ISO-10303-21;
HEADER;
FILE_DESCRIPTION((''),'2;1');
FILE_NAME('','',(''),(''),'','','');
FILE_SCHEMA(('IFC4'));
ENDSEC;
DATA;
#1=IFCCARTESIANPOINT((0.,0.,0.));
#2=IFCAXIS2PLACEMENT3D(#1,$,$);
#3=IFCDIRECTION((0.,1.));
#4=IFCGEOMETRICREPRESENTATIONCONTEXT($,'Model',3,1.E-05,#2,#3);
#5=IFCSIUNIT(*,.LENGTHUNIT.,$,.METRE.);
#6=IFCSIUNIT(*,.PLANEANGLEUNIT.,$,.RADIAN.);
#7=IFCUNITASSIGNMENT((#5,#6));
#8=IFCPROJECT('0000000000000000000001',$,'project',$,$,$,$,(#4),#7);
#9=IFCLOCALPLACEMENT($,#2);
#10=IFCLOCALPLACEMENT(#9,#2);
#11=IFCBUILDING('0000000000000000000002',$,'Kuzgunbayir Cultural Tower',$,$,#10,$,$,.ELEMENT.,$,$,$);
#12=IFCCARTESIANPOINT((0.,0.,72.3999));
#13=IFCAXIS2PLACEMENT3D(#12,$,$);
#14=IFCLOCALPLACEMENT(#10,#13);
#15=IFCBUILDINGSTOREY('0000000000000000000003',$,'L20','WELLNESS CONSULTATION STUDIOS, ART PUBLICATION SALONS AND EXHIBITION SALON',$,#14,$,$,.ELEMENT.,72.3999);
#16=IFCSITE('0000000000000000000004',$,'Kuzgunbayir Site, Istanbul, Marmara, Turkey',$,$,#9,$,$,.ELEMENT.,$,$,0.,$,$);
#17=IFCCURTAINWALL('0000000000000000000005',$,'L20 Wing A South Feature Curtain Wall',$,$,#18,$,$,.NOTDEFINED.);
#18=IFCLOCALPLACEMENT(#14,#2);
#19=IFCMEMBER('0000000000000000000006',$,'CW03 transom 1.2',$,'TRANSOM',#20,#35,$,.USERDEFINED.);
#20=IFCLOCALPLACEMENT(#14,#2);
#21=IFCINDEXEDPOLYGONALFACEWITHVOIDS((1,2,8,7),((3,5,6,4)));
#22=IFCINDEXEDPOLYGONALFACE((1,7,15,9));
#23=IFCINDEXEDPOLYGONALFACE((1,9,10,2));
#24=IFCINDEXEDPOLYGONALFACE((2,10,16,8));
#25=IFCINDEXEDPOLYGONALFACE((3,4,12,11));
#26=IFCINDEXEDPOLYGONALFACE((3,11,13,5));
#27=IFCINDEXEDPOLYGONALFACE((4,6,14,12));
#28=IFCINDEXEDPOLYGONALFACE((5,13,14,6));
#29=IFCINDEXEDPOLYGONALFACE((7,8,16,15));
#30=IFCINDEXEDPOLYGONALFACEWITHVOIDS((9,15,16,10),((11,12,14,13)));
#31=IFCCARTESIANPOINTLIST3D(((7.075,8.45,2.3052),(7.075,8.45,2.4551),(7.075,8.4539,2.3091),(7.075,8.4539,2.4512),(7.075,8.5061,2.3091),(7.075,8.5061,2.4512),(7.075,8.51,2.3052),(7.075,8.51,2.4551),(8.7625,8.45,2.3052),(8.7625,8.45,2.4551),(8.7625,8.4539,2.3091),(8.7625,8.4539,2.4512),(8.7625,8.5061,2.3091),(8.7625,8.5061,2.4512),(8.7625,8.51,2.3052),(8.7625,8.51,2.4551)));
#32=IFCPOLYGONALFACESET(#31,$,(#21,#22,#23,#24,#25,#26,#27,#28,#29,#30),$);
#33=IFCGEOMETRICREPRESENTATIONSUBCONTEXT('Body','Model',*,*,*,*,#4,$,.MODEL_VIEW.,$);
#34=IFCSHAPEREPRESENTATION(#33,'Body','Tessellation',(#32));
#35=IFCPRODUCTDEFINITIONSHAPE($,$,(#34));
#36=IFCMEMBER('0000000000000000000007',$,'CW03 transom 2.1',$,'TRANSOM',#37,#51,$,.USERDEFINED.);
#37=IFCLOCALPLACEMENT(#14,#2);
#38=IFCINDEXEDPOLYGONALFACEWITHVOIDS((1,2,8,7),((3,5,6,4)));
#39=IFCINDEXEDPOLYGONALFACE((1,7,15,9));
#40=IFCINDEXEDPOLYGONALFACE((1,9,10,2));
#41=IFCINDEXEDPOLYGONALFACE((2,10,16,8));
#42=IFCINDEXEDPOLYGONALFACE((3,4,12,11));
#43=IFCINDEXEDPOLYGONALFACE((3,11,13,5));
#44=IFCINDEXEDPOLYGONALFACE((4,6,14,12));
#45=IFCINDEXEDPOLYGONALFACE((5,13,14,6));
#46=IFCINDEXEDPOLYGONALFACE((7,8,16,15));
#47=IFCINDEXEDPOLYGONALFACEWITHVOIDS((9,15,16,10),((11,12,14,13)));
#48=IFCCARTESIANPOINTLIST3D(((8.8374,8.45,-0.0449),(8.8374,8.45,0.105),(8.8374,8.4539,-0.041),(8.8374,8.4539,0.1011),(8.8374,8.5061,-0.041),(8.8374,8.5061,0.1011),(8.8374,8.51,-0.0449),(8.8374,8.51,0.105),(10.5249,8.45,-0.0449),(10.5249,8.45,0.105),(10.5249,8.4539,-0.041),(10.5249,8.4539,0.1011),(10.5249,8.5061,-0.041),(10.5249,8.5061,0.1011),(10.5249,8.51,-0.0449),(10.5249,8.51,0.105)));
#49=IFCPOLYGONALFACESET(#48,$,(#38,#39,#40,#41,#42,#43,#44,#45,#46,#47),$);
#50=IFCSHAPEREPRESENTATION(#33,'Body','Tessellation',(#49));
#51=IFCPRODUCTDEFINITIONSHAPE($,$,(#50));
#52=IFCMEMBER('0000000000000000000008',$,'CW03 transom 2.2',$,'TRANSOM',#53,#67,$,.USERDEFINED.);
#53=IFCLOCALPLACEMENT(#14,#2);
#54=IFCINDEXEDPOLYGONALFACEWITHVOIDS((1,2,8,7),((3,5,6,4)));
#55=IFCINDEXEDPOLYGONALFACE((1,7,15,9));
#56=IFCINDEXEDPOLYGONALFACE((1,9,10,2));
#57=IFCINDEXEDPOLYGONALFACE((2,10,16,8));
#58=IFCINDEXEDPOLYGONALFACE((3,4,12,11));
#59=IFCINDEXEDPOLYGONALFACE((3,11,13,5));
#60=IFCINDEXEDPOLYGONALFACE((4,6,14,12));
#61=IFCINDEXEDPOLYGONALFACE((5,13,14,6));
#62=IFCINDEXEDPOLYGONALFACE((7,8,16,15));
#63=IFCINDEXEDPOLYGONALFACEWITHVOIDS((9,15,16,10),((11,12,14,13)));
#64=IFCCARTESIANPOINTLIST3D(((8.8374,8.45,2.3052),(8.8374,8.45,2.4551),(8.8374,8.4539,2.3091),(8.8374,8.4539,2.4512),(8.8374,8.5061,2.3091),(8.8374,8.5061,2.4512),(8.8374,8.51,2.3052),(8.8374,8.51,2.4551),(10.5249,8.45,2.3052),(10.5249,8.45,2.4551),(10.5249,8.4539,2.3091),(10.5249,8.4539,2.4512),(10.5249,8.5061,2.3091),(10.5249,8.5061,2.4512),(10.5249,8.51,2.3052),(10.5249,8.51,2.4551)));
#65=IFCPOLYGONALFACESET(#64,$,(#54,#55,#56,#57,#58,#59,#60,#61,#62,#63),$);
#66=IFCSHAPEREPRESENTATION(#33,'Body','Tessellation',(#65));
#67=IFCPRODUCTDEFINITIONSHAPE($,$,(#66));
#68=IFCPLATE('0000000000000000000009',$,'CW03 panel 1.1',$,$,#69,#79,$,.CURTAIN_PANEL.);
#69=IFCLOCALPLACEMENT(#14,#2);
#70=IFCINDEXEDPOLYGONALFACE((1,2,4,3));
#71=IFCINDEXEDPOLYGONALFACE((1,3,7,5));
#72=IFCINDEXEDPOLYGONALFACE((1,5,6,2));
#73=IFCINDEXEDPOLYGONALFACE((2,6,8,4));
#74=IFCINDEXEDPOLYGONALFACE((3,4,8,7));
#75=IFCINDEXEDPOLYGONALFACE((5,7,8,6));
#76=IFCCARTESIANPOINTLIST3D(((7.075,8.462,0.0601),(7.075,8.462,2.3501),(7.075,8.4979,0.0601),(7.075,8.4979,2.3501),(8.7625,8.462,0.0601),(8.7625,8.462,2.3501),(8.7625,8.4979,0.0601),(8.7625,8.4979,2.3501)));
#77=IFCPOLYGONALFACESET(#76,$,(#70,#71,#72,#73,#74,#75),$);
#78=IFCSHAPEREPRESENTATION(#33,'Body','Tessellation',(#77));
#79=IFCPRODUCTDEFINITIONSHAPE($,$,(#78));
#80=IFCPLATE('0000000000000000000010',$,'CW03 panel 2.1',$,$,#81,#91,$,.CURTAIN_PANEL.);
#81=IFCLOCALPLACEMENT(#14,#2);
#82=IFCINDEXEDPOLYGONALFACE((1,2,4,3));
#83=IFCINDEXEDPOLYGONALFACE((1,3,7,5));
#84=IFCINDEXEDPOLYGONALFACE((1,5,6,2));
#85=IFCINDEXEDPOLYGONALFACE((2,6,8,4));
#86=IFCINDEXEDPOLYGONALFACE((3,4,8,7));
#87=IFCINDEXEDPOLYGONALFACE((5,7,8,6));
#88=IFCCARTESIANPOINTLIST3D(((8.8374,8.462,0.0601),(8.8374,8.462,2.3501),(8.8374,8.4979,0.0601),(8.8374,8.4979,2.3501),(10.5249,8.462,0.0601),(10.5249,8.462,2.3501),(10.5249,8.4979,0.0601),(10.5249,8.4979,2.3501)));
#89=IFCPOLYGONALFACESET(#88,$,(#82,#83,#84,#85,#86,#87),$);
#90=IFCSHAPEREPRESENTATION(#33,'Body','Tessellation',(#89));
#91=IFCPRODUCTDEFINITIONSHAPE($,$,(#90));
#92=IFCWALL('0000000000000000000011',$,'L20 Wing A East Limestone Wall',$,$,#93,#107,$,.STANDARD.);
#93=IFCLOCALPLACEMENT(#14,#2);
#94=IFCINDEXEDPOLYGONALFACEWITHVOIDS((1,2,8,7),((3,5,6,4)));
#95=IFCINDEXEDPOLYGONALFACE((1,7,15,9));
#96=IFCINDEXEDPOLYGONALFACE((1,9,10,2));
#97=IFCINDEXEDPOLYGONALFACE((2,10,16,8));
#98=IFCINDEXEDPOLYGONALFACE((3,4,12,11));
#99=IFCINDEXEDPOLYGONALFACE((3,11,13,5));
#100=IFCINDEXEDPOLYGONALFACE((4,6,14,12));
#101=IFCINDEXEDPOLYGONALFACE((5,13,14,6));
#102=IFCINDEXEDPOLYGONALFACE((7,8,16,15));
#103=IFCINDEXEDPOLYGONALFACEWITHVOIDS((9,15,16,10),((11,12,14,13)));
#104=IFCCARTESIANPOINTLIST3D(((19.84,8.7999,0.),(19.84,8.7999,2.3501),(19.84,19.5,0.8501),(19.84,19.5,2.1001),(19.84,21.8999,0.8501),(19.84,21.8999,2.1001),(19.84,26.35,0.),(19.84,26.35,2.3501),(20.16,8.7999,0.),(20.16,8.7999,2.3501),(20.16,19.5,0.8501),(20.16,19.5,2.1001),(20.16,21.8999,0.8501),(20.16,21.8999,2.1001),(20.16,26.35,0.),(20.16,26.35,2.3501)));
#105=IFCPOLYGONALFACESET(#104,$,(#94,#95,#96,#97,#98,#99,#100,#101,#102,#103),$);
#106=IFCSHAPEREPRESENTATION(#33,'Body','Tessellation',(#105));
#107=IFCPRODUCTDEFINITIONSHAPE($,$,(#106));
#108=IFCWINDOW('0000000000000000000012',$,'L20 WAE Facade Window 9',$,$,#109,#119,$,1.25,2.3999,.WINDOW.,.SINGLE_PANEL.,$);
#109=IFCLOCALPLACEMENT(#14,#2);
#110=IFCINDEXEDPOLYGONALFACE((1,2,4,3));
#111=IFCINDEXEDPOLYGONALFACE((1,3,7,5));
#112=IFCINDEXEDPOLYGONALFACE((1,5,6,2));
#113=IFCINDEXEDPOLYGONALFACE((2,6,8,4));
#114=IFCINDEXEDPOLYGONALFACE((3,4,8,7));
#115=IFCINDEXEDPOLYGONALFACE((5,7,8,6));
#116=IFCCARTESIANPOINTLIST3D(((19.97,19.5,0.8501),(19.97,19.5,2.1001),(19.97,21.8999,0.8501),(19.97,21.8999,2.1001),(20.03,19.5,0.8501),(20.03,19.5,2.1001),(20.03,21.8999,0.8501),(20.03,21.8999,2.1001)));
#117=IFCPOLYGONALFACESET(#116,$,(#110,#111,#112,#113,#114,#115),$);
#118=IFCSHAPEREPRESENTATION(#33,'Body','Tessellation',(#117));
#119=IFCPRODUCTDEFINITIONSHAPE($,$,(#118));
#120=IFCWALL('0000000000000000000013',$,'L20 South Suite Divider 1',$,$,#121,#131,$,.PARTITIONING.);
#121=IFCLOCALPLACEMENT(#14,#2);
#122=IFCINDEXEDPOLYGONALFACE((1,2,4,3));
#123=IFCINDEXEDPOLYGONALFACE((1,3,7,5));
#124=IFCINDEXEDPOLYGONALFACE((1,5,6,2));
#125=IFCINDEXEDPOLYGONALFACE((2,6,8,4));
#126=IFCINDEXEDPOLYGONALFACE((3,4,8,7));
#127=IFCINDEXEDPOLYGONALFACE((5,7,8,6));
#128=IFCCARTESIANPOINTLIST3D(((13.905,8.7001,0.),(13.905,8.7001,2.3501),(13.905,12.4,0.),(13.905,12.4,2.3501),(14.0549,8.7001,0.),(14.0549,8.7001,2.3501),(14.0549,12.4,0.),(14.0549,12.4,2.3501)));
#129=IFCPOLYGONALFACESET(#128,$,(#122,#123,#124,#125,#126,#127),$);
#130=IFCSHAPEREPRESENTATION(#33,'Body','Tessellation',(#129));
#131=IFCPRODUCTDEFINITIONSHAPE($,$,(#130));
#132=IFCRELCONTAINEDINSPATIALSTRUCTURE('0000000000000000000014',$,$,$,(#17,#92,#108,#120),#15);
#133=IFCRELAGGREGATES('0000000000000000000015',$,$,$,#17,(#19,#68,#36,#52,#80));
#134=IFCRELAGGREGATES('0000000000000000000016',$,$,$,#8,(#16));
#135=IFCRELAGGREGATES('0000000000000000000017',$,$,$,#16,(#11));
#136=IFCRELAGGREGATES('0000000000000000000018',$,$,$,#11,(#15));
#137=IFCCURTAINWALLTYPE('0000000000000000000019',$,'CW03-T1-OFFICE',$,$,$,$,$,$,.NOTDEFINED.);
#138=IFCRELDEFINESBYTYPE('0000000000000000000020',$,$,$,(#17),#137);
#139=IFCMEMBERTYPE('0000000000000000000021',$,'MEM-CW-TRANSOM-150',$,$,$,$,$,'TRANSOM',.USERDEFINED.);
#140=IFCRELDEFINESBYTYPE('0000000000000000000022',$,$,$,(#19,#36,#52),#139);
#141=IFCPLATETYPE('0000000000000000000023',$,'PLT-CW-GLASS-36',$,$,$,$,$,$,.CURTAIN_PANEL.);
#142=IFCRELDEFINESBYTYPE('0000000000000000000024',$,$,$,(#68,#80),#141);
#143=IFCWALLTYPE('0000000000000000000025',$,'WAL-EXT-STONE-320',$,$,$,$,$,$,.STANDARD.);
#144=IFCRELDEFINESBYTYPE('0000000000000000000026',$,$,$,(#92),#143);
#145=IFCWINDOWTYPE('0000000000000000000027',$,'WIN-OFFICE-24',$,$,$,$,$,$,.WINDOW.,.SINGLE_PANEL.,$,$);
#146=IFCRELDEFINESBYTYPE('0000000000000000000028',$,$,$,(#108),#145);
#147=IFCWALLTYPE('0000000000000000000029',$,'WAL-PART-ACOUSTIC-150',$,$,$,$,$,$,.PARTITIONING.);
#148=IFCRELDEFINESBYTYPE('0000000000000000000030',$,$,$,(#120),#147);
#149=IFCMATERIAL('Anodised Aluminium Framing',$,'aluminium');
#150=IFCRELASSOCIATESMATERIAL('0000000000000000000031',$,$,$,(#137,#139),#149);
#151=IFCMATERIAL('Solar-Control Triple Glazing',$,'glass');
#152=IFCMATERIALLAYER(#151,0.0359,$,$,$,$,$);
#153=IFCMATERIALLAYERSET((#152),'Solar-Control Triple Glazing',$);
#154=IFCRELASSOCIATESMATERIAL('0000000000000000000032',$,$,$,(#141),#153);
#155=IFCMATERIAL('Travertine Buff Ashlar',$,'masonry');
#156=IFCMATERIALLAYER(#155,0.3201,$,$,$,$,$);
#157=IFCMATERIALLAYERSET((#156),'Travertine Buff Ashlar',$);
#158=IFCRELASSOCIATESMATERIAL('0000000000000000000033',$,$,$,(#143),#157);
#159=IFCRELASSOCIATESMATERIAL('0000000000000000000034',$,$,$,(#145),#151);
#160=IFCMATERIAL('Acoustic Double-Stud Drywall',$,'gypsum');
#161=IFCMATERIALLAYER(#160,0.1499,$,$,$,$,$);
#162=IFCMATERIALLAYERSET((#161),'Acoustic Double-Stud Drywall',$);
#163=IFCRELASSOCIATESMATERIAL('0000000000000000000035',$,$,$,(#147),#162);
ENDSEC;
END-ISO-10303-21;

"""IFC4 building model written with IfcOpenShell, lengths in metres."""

from ifc_helpers import new_model, si_unit, direction, frame, frame_2d, origin, origin_2d, place, context, subcontext, project, spatial, rectangle, hollow_rectangle, extrude, material, layer, layer_set, material_profile, profile_set, type_object, element, fill, aggregate, save


model = new_model("IFC4")

# Units and contexts
model_context = context("Model", 3, precision=1e-05, world=origin(), true_north=direction((0.0, 1.0)))
body_context = subcontext(model_context, "Body", "Model", "MODEL_VIEW")
ifc_project = project(units=[si_unit("LENGTHUNIT", "METRE"), si_unit("PLANEANGLEUNIT", "RADIAN")], contexts=[model_context])

# Site, building, storey
site_placement = place(None, origin())
site = spatial("IfcSite", under=ifc_project, at=site_placement, Name="Kuzgunbayir Site, Istanbul, Marmara, Turkey", CompositionType="ELEMENT", RefElevation=0.0)
building_placement = place(site_placement, origin())
building = spatial("IfcBuilding", under=site, at=building_placement, Name="Kuzgunbayir Cultural Tower", CompositionType="ELEMENT")
storey_placement = place(building_placement, frame((0.0, 0.0, 72.3999)))
storey = spatial("IfcBuildingStorey", under=building, at=storey_placement, Name="L20", Description="WELLNESS CONSULTATION STUDIOS, ART PUBLICATION SALONS AND EXHIBITION SALON", CompositionType="ELEMENT", Elevation=72.3999)

# Curtain wall, members, plates
ifc_material_1 = material(Name="Anodised Aluminium Framing", Category="aluminium")
curtain_wall_type = type_object("IfcCurtainWallType", Name="CW03-T1-OFFICE", PredefinedType="NOTDEFINED", material=ifc_material_1)
curtain_wall_placement = place(storey_placement, origin())
curtain_wall = element("IfcCurtainWall", 1, at=curtain_wall_placement, inside=storey, type_object=curtain_wall_type, Name="L20 Wing A South Feature Curtain Wall", PredefinedType="NOTDEFINED")
ifc_material_profile_1 = material_profile(ifc_material_1, hollow_rectangle(XDim=0.0601, YDim=0.1499, WallThickness=0.0039, at=origin_2d()), Name="RHS 150x60x4")
ifc_profile_set_1 = profile_set([ifc_material_profile_1], Name="Anodised Aluminium Framing")
member_type_1 = type_object("IfcMemberType", Name="MEM-CW-TRANSOM-150", ElementType="TRANSOM", PredefinedType="USERDEFINED", material=ifc_profile_set_1)
member_1_placement = place(storey_placement, frame((7.075, 8.48, 2.3801), z_axis=(1.0, 0.0, 0.0), x_axis=(0.0, 1.0, 0.0)))
member_1 = element("IfcMember", 2, at=member_1_placement, type_object=member_type_1, Name="CW03 transom 1.2", ObjectType="TRANSOM", PredefinedType="USERDEFINED", context=body_context, shape_type="SweptSolid", body=[
    extrude(hollow_rectangle(XDim=0.0601, YDim=0.1499, WallThickness=0.0039, at=origin_2d()), origin(), (0.0, 0.0, 1.0), 1.6875),
])
member_2_placement = place(storey_placement, frame((8.8374, 8.48, 0.03), z_axis=(1.0, 0.0, 0.0), x_axis=(0.0, 1.0, 0.0)))
member_2 = element("IfcMember", 3, at=member_2_placement, type_object=member_type_1, Name="CW03 transom 2.1", ObjectType="TRANSOM", PredefinedType="USERDEFINED", context=body_context, shape_type="SweptSolid", body=[
    extrude(hollow_rectangle(XDim=0.0601, YDim=0.1499, WallThickness=0.0039, at=origin_2d()), origin(), (0.0, 0.0, 1.0), 1.6875),
])
member_3_placement = place(storey_placement, frame((8.8374, 8.48, 2.3801), z_axis=(1.0, 0.0, 0.0), x_axis=(0.0, 1.0, 0.0)))
member_3 = element("IfcMember", 4, at=member_3_placement, type_object=member_type_1, Name="CW03 transom 2.2", ObjectType="TRANSOM", PredefinedType="USERDEFINED", context=body_context, shape_type="SweptSolid", body=[
    extrude(hollow_rectangle(XDim=0.0601, YDim=0.1499, WallThickness=0.0039, at=origin_2d()), origin(), (0.0, 0.0, 1.0), 1.6875),
])
ifc_material_2 = material(Name="Solar-Control Triple Glazing", Category="glass")
ifc_layer_1 = layer(ifc_material_2, 0.0359)
ifc_layer_set_1 = layer_set([ifc_layer_1], Name="Solar-Control Triple Glazing")
plate_type = type_object("IfcPlateType", Name="PLT-CW-GLASS-36", PredefinedType="CURTAIN_PANEL", material=ifc_layer_set_1)
plate_1_placement = place(storey_placement, frame((7.9187, 8.48, 0.0601), z_axis=(0.0, 0.0, 1.0), x_axis=(1.0, 0.0, 0.0)))
plate_1 = element("IfcPlate", 5, at=plate_1_placement, type_object=plate_type, Name="CW03 panel 1.1", PredefinedType="CURTAIN_PANEL", context=body_context, shape_type="SweptSolid", body=[
    extrude(rectangle(XDim=1.6875, YDim=0.0359, at=origin_2d()), origin(), (0.0, 0.0, 1.0), 2.29),
])
plate_2_placement = place(storey_placement, frame((9.6812, 8.48, 0.0601), z_axis=(0.0, 0.0, 1.0), x_axis=(1.0, 0.0, 0.0)))
plate_2 = element("IfcPlate", 6, at=plate_2_placement, type_object=plate_type, Name="CW03 panel 2.1", PredefinedType="CURTAIN_PANEL", context=body_context, shape_type="SweptSolid", body=[
    extrude(rectangle(XDim=1.6875, YDim=0.0359, at=origin_2d()), origin(), (0.0, 0.0, 1.0), 2.29),
])
aggregate(curtain_wall, [member_1, plate_1, member_2, member_3, plate_2])

# Wall, opening, window
ifc_material_3 = material(Name="Travertine Buff Ashlar", Category="masonry")
ifc_layer_2 = layer(ifc_material_3, 0.3201)
ifc_layer_set_2 = layer_set([ifc_layer_2], Name="Travertine Buff Ashlar")
wall_type_1 = type_object("IfcWallType", Name="WAL-EXT-STONE-320", PredefinedType="STANDARD", material=ifc_layer_set_2)
wall_1_placement = place(storey_placement, frame((20.0, 8.8, 0.0), z_axis=(0.0, 0.0, 1.0), x_axis=(0.0, 1.0, 0.0)))
wall_1 = element("IfcWall", 7, at=wall_1_placement, inside=storey, type_object=wall_type_1, Name="L20 Wing A East Limestone Wall", PredefinedType="STANDARD", context=body_context, shape_type="SweptSolid", body=[
    extrude(rectangle(XDim=17.55, YDim=0.3201, at=frame_2d((8.7749, 0.0))), origin(), (0.0, 0.0, 1.0), 2.3501),
])
opening_1_placement = place(wall_1_placement, frame((10.7, 0.0, 0.8501)))
opening_1 = element("IfcOpeningElement", 8, at=opening_1_placement, cuts=wall_1, PredefinedType="OPENING", context=body_context, shape_type="SweptSolid", body=[
    extrude(rectangle(XDim=2.3999, YDim=1.25, at=frame_2d((1.2, 0.625))), frame((0.0, 0.1699, 0.0), z_axis=(0.0, -1.0, 0.0), x_axis=(1.0, 0.0, 0.0)), (0.0, 0.0, 1.0), 0.3401),
])
window_type = type_object("IfcWindowType", Name="WIN-OFFICE-24", PartitioningType="SINGLE_PANEL", PredefinedType="WINDOW", material=ifc_material_2)
window_placement = place(opening_1_placement, origin())
window = element("IfcWindow", 9, at=window_placement, inside=storey, type_object=window_type, Name="L20 WAE Facade Window 9", OverallHeight=1.25, OverallWidth=2.3999, PartitioningType="SINGLE_PANEL", PredefinedType="WINDOW", context=body_context, shape_type="SweptSolid", body=[
    extrude(rectangle(XDim=2.3999, YDim=1.25, at=frame_2d((1.2, 0.625))), frame((0.0, 0.03, 0.0), z_axis=(0.0, -1.0, 0.0), x_axis=(1.0, 0.0, 0.0)), (0.0, 0.0, 1.0), 0.0601),
])
fill(opening_1, window)

# Wall
ifc_material_4 = material(Name="Acoustic Double-Stud Drywall", Category="gypsum")
ifc_layer_3 = layer(ifc_material_4, 0.1499)
ifc_layer_set_3 = layer_set([ifc_layer_3], Name="Acoustic Double-Stud Drywall")
wall_type_2 = type_object("IfcWallType", Name="WAL-PART-ACOUSTIC-150", PredefinedType="PARTITIONING", material=ifc_layer_set_3)
wall_2_placement = place(storey_placement, frame((13.98, 8.7, 0.0), z_axis=(0.0, 0.0, 1.0), x_axis=(0.0, 1.0, 0.0)))
element("IfcWall", 10, at=wall_2_placement, inside=storey, type_object=wall_type_2, Name="L20 South Suite Divider 1", PredefinedType="PARTITIONING", context=body_context, shape_type="SweptSolid", body=[
    extrude(rectangle(XDim=3.7, YDim=0.1499, at=frame_2d((1.8501, 0.0))), origin(), (0.0, 0.0, 1.0), 2.3501),
])

save(model, "model.ifc")
